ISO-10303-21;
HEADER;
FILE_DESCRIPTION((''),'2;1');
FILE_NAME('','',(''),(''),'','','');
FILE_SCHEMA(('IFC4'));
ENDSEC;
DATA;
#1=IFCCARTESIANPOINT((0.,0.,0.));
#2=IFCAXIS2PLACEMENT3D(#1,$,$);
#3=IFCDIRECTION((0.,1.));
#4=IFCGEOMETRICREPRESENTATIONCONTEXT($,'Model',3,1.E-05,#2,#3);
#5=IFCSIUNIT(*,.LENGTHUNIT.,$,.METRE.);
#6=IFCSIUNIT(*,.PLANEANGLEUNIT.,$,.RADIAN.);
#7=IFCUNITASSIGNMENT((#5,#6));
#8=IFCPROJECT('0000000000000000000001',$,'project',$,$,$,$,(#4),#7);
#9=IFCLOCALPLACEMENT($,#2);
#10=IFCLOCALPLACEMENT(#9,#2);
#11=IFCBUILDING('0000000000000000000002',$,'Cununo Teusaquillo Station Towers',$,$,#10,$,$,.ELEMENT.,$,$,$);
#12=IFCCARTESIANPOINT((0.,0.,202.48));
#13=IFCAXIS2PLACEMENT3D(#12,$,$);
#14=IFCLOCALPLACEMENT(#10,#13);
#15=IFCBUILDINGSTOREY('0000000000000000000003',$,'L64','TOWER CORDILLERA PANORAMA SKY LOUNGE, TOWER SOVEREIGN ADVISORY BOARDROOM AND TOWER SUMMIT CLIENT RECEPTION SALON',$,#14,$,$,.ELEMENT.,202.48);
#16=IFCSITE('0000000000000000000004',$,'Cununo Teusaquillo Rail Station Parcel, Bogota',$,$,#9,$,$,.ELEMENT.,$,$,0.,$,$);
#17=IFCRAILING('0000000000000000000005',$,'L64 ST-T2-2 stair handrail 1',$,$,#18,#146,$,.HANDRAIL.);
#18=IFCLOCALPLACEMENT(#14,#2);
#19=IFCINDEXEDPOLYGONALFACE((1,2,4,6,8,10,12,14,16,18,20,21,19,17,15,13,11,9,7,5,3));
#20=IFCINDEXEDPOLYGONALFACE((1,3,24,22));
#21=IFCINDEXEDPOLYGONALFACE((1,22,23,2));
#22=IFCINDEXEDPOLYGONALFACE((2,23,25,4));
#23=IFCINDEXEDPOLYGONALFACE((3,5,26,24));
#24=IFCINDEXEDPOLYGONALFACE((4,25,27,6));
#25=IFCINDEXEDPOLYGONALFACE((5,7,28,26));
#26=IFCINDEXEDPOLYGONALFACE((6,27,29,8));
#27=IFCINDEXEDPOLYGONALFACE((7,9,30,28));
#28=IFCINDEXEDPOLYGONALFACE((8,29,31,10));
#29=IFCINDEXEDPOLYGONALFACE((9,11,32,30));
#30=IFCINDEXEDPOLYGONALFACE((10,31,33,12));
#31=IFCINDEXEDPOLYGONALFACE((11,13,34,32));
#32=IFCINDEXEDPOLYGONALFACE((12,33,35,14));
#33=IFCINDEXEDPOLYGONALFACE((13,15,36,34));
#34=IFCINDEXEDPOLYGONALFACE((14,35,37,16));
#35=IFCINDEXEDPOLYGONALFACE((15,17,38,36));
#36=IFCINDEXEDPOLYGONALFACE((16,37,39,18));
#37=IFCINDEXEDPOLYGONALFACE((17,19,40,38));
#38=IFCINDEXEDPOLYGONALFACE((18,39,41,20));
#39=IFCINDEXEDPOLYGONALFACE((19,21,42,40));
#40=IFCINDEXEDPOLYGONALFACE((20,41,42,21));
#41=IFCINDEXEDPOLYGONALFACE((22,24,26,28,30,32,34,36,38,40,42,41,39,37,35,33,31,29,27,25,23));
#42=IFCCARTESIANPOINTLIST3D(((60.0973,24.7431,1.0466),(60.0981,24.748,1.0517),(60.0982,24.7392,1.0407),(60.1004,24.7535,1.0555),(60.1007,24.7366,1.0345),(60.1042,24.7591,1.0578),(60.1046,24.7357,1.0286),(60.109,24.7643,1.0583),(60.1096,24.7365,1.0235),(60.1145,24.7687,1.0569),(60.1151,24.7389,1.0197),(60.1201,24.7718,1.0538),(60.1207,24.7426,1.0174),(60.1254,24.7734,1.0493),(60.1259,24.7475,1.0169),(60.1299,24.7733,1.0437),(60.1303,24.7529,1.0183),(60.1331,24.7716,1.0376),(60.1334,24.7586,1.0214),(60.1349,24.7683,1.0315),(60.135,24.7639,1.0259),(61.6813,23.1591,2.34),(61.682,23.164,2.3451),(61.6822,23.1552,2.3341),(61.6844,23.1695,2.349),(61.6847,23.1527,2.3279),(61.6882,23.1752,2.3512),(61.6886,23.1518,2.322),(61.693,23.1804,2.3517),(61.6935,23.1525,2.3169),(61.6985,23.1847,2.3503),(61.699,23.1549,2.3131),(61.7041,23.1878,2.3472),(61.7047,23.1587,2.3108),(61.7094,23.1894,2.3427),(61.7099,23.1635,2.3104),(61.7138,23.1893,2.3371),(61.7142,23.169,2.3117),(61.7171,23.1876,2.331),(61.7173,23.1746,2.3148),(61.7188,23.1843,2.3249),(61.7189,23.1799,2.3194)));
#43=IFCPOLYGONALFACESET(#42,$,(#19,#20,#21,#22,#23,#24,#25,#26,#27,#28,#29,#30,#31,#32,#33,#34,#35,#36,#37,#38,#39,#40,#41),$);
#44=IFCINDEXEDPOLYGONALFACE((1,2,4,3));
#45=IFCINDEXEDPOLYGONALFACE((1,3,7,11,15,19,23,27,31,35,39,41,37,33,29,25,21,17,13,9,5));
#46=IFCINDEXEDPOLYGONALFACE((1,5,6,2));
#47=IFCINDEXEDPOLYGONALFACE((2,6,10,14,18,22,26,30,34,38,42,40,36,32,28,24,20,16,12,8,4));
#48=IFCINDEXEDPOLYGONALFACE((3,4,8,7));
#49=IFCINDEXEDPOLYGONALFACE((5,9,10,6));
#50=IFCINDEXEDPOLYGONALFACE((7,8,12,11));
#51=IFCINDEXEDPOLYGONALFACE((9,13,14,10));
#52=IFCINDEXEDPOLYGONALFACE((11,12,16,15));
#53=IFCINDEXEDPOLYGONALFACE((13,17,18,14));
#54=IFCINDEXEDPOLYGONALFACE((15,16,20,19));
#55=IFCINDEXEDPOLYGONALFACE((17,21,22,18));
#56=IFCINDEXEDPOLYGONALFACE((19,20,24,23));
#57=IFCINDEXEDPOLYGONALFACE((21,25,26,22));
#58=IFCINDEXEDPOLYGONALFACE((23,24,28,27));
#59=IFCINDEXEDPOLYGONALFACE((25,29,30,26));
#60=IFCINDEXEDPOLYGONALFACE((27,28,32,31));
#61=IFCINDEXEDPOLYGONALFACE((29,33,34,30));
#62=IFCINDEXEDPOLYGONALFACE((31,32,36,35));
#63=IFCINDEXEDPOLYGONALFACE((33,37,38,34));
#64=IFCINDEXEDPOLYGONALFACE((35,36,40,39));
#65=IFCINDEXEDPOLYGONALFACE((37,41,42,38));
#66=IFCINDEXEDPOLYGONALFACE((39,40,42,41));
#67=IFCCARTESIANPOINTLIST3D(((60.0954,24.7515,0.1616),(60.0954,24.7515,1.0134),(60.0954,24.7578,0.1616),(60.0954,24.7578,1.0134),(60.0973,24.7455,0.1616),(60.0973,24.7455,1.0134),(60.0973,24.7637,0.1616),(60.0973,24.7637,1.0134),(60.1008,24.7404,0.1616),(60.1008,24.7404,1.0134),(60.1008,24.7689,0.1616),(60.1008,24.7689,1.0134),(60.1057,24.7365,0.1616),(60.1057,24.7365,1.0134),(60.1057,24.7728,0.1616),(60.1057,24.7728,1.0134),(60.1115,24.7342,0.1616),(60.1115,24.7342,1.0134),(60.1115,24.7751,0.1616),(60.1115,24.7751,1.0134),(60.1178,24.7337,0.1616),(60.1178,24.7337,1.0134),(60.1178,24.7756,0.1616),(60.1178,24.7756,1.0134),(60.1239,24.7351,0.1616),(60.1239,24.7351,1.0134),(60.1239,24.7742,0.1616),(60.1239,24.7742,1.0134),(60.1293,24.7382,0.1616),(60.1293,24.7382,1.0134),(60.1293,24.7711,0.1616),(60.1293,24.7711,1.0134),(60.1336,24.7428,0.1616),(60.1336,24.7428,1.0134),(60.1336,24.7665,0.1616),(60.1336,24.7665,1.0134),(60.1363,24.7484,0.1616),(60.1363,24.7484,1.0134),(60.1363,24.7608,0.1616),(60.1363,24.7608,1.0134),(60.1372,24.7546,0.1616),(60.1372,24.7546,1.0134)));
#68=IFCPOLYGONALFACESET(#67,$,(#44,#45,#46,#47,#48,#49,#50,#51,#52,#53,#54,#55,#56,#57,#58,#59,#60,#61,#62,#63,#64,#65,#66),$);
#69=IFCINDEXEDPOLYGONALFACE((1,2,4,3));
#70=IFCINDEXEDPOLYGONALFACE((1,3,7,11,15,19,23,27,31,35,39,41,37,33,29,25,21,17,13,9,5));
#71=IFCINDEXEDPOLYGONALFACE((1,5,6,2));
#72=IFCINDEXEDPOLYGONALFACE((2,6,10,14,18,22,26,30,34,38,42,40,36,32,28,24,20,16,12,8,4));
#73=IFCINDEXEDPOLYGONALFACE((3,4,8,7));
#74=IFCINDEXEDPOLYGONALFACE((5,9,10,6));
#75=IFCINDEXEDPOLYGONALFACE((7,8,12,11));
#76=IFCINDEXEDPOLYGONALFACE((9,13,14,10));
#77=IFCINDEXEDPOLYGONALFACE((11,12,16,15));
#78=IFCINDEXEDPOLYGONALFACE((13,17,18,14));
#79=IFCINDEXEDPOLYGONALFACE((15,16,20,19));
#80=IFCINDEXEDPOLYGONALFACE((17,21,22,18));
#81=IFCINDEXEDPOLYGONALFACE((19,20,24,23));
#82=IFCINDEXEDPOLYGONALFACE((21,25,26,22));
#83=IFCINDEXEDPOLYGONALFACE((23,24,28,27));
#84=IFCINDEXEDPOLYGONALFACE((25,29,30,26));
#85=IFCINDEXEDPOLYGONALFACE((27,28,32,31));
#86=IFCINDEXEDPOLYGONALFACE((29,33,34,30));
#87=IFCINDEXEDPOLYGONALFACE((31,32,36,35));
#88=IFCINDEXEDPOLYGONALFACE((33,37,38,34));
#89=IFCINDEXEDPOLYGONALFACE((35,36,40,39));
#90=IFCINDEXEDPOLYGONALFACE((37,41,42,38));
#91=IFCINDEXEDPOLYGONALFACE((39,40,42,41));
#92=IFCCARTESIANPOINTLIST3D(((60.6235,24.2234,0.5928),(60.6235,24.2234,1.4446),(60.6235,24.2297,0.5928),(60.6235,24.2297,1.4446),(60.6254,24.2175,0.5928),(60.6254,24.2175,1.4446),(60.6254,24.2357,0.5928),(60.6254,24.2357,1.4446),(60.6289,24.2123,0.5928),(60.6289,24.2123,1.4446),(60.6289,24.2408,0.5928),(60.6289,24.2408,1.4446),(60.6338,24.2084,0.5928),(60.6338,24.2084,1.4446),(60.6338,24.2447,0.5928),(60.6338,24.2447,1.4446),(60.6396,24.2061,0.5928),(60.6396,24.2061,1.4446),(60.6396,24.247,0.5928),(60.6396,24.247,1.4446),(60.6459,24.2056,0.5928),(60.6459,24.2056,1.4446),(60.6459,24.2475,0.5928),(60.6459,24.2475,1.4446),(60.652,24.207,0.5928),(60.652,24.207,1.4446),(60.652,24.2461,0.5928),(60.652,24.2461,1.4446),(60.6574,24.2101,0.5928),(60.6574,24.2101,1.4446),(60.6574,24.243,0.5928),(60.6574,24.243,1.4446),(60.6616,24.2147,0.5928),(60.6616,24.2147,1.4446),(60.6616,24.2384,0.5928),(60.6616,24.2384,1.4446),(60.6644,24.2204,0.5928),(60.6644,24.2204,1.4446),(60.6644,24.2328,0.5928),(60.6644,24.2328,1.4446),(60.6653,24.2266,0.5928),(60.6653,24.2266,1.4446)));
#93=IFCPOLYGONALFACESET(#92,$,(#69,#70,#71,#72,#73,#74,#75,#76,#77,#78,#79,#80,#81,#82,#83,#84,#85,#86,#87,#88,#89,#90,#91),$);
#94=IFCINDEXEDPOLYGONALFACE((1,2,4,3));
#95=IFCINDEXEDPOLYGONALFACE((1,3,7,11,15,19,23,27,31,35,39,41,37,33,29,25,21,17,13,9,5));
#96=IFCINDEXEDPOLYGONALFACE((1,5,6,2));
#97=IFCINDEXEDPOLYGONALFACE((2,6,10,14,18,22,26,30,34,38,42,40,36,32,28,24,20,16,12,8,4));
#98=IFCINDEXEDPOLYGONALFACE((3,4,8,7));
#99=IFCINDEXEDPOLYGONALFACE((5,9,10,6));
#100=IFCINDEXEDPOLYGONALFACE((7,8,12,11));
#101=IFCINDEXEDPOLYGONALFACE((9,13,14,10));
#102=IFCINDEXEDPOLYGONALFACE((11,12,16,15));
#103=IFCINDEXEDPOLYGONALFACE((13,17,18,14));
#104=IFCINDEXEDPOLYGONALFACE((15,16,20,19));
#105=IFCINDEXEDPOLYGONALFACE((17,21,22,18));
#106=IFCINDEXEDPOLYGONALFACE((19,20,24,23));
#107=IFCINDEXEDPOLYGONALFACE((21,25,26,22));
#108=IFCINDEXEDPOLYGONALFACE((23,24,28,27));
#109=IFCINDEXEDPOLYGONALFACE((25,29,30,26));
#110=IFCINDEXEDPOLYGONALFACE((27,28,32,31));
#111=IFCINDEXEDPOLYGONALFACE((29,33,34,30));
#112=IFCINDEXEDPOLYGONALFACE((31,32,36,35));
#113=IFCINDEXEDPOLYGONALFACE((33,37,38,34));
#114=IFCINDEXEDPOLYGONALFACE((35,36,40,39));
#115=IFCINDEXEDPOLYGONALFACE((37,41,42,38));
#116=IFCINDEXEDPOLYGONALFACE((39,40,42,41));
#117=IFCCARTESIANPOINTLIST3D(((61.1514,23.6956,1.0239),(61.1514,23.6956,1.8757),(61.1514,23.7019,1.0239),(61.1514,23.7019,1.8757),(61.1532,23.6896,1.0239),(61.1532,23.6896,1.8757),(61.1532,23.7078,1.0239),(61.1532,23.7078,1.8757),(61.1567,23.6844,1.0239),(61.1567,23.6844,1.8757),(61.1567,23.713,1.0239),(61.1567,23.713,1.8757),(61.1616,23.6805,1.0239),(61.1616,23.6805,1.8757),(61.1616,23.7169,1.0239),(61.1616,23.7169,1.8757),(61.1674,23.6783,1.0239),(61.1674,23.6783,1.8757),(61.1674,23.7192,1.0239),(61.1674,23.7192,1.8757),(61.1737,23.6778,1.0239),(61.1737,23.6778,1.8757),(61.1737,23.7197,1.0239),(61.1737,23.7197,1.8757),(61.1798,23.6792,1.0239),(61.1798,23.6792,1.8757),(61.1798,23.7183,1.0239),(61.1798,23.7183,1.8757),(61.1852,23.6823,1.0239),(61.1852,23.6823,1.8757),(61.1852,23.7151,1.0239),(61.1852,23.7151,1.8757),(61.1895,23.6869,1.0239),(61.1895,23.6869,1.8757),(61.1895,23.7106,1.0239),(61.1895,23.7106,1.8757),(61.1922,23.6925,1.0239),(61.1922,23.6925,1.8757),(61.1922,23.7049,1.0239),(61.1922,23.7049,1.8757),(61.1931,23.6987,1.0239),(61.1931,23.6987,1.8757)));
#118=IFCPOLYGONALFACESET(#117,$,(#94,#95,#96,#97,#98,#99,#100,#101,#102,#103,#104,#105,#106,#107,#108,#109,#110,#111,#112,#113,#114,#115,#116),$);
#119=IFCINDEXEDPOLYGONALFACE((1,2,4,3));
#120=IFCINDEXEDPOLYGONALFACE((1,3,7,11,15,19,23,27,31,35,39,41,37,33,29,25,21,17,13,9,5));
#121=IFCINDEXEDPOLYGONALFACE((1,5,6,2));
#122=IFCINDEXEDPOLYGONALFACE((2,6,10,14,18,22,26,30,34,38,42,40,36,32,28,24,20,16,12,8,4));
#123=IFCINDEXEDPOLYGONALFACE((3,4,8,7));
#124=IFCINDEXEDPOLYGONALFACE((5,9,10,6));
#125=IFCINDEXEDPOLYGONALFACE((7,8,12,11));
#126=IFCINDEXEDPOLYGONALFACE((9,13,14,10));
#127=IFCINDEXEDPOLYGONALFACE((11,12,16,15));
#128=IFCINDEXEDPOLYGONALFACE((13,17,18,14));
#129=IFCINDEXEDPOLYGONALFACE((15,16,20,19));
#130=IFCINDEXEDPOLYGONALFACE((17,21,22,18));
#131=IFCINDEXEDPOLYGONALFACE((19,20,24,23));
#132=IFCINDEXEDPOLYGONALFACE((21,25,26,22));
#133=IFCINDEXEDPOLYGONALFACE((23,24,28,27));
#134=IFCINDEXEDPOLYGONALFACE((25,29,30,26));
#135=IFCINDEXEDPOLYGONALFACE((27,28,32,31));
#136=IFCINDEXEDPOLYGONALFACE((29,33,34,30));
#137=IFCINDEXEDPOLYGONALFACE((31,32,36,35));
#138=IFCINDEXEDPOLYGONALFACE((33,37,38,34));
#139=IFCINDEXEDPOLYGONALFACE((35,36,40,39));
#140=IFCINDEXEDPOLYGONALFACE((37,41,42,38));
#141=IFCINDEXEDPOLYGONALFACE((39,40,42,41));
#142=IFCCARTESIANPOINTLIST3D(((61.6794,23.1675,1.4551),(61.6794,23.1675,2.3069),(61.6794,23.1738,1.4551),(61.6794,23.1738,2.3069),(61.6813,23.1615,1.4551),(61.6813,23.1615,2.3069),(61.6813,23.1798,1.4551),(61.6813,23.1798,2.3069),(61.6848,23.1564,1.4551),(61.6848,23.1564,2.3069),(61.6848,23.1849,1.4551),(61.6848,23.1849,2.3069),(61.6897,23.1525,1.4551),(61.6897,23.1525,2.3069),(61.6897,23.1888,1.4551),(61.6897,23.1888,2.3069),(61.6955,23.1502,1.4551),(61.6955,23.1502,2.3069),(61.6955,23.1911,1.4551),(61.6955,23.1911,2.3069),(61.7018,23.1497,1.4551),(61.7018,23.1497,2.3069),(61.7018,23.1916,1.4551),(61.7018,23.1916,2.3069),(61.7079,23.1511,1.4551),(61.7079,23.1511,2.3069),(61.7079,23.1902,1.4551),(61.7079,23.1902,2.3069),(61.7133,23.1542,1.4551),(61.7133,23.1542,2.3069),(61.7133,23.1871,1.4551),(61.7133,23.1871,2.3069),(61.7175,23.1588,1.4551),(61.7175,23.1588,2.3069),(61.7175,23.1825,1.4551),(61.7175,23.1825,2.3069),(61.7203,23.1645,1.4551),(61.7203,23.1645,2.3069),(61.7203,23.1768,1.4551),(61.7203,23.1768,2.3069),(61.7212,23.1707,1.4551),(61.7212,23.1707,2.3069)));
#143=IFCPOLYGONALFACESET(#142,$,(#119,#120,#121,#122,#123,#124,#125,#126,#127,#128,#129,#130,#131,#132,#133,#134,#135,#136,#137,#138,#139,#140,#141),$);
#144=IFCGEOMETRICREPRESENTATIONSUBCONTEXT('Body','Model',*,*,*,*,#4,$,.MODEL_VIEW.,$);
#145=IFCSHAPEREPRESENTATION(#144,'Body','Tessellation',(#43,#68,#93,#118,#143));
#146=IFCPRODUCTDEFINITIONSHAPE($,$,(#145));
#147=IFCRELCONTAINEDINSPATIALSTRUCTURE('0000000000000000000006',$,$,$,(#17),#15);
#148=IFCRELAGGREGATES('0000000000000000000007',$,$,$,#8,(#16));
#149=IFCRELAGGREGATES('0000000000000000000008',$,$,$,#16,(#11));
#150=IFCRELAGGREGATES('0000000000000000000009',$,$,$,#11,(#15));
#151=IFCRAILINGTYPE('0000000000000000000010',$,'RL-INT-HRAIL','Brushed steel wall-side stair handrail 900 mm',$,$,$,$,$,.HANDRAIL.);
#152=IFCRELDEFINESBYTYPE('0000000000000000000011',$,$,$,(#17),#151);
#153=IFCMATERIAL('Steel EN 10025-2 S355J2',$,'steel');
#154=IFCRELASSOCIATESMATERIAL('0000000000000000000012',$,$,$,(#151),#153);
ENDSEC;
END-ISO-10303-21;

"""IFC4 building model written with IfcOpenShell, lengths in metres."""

from ifc_helpers import new_model, si_unit, direction, frame, origin, origin_2d, place, context, subcontext, project, spatial, circle, extrude, material, type_object, element, save


model = new_model("IFC4")

# Units and contexts
model_context = context("Model", 3, precision=1e-05, world=origin(), true_north=direction((0.0, 1.0)))
body_context = subcontext(model_context, "Body", "Model", "MODEL_VIEW")
ifc_project = project(units=[si_unit("LENGTHUNIT", "METRE"), si_unit("PLANEANGLEUNIT", "RADIAN")], contexts=[model_context])

# Site, building, storey
site_placement = place(None, origin())
site = spatial("IfcSite", under=ifc_project, at=site_placement, Name="Cununo Teusaquillo Rail Station Parcel, Bogota", CompositionType="ELEMENT", RefElevation=0.0)
building_placement = place(site_placement, origin())
building = spatial("IfcBuilding", under=site, at=building_placement, Name="Cununo Teusaquillo Station Towers", CompositionType="ELEMENT")
storey_placement = place(building_placement, frame((0.0, 0.0, 202.48)))
storey = spatial("IfcBuildingStorey", under=building, at=storey_placement, Name="L64", Description="TOWER CORDILLERA PANORAMA SKY LOUNGE, TOWER SOVEREIGN ADVISORY BOARDROOM AND TOWER SUMMIT CLIENT RECEPTION SALON", CompositionType="ELEMENT", Elevation=202.48)

# Railing
ifc_material_1 = material(Name="Steel EN 10025-2 S355J2", Category="steel")
railing_type_1 = type_object("IfcRailingType", Name="RL-INT-HRAIL", Description="Brushed steel wall-side stair handrail 900 mm", PredefinedType="HANDRAIL", material=ifc_material_1)
railing_1_placement = place(storey_placement, frame((60.1162, 24.7546, 0.1616)))
element("IfcRailing", 1, at=railing_1_placement, inside=storey, type_object=railing_type_1, Name="L64 ST-T2-2 stair handrail 1", PredefinedType="HANDRAIL", context=body_context, shape_type="SweptSolid", body=[
    extrude(circle(Radius=0.0239, at=origin_2d()), frame((0.0, 0.0, 0.876), z_axis=(0.612356, -0.612356, 0.50004), x_axis=(0.707107, 0.707107, 0.0)), (0.0, 0.0, 1.0), 2.5867),
    extrude(circle(Radius=0.021, at=origin_2d()), origin(), (0.0, 0.0, 1.0), 0.8518),
    extrude(circle(Radius=0.021, at=origin_2d()), frame((0.5281, -0.5281, 0.4312)), (0.0, 0.0, 1.0), 0.8518),
    extrude(circle(Radius=0.021, at=origin_2d()), frame((1.0559, -1.0559, 0.8623)), (0.0, 0.0, 1.0), 0.8518),
    extrude(circle(Radius=0.021, at=origin_2d()), frame((1.584, -1.584, 1.2935)), (0.0, 0.0, 1.0), 0.8518),
])

save(model, "model.ifc")
